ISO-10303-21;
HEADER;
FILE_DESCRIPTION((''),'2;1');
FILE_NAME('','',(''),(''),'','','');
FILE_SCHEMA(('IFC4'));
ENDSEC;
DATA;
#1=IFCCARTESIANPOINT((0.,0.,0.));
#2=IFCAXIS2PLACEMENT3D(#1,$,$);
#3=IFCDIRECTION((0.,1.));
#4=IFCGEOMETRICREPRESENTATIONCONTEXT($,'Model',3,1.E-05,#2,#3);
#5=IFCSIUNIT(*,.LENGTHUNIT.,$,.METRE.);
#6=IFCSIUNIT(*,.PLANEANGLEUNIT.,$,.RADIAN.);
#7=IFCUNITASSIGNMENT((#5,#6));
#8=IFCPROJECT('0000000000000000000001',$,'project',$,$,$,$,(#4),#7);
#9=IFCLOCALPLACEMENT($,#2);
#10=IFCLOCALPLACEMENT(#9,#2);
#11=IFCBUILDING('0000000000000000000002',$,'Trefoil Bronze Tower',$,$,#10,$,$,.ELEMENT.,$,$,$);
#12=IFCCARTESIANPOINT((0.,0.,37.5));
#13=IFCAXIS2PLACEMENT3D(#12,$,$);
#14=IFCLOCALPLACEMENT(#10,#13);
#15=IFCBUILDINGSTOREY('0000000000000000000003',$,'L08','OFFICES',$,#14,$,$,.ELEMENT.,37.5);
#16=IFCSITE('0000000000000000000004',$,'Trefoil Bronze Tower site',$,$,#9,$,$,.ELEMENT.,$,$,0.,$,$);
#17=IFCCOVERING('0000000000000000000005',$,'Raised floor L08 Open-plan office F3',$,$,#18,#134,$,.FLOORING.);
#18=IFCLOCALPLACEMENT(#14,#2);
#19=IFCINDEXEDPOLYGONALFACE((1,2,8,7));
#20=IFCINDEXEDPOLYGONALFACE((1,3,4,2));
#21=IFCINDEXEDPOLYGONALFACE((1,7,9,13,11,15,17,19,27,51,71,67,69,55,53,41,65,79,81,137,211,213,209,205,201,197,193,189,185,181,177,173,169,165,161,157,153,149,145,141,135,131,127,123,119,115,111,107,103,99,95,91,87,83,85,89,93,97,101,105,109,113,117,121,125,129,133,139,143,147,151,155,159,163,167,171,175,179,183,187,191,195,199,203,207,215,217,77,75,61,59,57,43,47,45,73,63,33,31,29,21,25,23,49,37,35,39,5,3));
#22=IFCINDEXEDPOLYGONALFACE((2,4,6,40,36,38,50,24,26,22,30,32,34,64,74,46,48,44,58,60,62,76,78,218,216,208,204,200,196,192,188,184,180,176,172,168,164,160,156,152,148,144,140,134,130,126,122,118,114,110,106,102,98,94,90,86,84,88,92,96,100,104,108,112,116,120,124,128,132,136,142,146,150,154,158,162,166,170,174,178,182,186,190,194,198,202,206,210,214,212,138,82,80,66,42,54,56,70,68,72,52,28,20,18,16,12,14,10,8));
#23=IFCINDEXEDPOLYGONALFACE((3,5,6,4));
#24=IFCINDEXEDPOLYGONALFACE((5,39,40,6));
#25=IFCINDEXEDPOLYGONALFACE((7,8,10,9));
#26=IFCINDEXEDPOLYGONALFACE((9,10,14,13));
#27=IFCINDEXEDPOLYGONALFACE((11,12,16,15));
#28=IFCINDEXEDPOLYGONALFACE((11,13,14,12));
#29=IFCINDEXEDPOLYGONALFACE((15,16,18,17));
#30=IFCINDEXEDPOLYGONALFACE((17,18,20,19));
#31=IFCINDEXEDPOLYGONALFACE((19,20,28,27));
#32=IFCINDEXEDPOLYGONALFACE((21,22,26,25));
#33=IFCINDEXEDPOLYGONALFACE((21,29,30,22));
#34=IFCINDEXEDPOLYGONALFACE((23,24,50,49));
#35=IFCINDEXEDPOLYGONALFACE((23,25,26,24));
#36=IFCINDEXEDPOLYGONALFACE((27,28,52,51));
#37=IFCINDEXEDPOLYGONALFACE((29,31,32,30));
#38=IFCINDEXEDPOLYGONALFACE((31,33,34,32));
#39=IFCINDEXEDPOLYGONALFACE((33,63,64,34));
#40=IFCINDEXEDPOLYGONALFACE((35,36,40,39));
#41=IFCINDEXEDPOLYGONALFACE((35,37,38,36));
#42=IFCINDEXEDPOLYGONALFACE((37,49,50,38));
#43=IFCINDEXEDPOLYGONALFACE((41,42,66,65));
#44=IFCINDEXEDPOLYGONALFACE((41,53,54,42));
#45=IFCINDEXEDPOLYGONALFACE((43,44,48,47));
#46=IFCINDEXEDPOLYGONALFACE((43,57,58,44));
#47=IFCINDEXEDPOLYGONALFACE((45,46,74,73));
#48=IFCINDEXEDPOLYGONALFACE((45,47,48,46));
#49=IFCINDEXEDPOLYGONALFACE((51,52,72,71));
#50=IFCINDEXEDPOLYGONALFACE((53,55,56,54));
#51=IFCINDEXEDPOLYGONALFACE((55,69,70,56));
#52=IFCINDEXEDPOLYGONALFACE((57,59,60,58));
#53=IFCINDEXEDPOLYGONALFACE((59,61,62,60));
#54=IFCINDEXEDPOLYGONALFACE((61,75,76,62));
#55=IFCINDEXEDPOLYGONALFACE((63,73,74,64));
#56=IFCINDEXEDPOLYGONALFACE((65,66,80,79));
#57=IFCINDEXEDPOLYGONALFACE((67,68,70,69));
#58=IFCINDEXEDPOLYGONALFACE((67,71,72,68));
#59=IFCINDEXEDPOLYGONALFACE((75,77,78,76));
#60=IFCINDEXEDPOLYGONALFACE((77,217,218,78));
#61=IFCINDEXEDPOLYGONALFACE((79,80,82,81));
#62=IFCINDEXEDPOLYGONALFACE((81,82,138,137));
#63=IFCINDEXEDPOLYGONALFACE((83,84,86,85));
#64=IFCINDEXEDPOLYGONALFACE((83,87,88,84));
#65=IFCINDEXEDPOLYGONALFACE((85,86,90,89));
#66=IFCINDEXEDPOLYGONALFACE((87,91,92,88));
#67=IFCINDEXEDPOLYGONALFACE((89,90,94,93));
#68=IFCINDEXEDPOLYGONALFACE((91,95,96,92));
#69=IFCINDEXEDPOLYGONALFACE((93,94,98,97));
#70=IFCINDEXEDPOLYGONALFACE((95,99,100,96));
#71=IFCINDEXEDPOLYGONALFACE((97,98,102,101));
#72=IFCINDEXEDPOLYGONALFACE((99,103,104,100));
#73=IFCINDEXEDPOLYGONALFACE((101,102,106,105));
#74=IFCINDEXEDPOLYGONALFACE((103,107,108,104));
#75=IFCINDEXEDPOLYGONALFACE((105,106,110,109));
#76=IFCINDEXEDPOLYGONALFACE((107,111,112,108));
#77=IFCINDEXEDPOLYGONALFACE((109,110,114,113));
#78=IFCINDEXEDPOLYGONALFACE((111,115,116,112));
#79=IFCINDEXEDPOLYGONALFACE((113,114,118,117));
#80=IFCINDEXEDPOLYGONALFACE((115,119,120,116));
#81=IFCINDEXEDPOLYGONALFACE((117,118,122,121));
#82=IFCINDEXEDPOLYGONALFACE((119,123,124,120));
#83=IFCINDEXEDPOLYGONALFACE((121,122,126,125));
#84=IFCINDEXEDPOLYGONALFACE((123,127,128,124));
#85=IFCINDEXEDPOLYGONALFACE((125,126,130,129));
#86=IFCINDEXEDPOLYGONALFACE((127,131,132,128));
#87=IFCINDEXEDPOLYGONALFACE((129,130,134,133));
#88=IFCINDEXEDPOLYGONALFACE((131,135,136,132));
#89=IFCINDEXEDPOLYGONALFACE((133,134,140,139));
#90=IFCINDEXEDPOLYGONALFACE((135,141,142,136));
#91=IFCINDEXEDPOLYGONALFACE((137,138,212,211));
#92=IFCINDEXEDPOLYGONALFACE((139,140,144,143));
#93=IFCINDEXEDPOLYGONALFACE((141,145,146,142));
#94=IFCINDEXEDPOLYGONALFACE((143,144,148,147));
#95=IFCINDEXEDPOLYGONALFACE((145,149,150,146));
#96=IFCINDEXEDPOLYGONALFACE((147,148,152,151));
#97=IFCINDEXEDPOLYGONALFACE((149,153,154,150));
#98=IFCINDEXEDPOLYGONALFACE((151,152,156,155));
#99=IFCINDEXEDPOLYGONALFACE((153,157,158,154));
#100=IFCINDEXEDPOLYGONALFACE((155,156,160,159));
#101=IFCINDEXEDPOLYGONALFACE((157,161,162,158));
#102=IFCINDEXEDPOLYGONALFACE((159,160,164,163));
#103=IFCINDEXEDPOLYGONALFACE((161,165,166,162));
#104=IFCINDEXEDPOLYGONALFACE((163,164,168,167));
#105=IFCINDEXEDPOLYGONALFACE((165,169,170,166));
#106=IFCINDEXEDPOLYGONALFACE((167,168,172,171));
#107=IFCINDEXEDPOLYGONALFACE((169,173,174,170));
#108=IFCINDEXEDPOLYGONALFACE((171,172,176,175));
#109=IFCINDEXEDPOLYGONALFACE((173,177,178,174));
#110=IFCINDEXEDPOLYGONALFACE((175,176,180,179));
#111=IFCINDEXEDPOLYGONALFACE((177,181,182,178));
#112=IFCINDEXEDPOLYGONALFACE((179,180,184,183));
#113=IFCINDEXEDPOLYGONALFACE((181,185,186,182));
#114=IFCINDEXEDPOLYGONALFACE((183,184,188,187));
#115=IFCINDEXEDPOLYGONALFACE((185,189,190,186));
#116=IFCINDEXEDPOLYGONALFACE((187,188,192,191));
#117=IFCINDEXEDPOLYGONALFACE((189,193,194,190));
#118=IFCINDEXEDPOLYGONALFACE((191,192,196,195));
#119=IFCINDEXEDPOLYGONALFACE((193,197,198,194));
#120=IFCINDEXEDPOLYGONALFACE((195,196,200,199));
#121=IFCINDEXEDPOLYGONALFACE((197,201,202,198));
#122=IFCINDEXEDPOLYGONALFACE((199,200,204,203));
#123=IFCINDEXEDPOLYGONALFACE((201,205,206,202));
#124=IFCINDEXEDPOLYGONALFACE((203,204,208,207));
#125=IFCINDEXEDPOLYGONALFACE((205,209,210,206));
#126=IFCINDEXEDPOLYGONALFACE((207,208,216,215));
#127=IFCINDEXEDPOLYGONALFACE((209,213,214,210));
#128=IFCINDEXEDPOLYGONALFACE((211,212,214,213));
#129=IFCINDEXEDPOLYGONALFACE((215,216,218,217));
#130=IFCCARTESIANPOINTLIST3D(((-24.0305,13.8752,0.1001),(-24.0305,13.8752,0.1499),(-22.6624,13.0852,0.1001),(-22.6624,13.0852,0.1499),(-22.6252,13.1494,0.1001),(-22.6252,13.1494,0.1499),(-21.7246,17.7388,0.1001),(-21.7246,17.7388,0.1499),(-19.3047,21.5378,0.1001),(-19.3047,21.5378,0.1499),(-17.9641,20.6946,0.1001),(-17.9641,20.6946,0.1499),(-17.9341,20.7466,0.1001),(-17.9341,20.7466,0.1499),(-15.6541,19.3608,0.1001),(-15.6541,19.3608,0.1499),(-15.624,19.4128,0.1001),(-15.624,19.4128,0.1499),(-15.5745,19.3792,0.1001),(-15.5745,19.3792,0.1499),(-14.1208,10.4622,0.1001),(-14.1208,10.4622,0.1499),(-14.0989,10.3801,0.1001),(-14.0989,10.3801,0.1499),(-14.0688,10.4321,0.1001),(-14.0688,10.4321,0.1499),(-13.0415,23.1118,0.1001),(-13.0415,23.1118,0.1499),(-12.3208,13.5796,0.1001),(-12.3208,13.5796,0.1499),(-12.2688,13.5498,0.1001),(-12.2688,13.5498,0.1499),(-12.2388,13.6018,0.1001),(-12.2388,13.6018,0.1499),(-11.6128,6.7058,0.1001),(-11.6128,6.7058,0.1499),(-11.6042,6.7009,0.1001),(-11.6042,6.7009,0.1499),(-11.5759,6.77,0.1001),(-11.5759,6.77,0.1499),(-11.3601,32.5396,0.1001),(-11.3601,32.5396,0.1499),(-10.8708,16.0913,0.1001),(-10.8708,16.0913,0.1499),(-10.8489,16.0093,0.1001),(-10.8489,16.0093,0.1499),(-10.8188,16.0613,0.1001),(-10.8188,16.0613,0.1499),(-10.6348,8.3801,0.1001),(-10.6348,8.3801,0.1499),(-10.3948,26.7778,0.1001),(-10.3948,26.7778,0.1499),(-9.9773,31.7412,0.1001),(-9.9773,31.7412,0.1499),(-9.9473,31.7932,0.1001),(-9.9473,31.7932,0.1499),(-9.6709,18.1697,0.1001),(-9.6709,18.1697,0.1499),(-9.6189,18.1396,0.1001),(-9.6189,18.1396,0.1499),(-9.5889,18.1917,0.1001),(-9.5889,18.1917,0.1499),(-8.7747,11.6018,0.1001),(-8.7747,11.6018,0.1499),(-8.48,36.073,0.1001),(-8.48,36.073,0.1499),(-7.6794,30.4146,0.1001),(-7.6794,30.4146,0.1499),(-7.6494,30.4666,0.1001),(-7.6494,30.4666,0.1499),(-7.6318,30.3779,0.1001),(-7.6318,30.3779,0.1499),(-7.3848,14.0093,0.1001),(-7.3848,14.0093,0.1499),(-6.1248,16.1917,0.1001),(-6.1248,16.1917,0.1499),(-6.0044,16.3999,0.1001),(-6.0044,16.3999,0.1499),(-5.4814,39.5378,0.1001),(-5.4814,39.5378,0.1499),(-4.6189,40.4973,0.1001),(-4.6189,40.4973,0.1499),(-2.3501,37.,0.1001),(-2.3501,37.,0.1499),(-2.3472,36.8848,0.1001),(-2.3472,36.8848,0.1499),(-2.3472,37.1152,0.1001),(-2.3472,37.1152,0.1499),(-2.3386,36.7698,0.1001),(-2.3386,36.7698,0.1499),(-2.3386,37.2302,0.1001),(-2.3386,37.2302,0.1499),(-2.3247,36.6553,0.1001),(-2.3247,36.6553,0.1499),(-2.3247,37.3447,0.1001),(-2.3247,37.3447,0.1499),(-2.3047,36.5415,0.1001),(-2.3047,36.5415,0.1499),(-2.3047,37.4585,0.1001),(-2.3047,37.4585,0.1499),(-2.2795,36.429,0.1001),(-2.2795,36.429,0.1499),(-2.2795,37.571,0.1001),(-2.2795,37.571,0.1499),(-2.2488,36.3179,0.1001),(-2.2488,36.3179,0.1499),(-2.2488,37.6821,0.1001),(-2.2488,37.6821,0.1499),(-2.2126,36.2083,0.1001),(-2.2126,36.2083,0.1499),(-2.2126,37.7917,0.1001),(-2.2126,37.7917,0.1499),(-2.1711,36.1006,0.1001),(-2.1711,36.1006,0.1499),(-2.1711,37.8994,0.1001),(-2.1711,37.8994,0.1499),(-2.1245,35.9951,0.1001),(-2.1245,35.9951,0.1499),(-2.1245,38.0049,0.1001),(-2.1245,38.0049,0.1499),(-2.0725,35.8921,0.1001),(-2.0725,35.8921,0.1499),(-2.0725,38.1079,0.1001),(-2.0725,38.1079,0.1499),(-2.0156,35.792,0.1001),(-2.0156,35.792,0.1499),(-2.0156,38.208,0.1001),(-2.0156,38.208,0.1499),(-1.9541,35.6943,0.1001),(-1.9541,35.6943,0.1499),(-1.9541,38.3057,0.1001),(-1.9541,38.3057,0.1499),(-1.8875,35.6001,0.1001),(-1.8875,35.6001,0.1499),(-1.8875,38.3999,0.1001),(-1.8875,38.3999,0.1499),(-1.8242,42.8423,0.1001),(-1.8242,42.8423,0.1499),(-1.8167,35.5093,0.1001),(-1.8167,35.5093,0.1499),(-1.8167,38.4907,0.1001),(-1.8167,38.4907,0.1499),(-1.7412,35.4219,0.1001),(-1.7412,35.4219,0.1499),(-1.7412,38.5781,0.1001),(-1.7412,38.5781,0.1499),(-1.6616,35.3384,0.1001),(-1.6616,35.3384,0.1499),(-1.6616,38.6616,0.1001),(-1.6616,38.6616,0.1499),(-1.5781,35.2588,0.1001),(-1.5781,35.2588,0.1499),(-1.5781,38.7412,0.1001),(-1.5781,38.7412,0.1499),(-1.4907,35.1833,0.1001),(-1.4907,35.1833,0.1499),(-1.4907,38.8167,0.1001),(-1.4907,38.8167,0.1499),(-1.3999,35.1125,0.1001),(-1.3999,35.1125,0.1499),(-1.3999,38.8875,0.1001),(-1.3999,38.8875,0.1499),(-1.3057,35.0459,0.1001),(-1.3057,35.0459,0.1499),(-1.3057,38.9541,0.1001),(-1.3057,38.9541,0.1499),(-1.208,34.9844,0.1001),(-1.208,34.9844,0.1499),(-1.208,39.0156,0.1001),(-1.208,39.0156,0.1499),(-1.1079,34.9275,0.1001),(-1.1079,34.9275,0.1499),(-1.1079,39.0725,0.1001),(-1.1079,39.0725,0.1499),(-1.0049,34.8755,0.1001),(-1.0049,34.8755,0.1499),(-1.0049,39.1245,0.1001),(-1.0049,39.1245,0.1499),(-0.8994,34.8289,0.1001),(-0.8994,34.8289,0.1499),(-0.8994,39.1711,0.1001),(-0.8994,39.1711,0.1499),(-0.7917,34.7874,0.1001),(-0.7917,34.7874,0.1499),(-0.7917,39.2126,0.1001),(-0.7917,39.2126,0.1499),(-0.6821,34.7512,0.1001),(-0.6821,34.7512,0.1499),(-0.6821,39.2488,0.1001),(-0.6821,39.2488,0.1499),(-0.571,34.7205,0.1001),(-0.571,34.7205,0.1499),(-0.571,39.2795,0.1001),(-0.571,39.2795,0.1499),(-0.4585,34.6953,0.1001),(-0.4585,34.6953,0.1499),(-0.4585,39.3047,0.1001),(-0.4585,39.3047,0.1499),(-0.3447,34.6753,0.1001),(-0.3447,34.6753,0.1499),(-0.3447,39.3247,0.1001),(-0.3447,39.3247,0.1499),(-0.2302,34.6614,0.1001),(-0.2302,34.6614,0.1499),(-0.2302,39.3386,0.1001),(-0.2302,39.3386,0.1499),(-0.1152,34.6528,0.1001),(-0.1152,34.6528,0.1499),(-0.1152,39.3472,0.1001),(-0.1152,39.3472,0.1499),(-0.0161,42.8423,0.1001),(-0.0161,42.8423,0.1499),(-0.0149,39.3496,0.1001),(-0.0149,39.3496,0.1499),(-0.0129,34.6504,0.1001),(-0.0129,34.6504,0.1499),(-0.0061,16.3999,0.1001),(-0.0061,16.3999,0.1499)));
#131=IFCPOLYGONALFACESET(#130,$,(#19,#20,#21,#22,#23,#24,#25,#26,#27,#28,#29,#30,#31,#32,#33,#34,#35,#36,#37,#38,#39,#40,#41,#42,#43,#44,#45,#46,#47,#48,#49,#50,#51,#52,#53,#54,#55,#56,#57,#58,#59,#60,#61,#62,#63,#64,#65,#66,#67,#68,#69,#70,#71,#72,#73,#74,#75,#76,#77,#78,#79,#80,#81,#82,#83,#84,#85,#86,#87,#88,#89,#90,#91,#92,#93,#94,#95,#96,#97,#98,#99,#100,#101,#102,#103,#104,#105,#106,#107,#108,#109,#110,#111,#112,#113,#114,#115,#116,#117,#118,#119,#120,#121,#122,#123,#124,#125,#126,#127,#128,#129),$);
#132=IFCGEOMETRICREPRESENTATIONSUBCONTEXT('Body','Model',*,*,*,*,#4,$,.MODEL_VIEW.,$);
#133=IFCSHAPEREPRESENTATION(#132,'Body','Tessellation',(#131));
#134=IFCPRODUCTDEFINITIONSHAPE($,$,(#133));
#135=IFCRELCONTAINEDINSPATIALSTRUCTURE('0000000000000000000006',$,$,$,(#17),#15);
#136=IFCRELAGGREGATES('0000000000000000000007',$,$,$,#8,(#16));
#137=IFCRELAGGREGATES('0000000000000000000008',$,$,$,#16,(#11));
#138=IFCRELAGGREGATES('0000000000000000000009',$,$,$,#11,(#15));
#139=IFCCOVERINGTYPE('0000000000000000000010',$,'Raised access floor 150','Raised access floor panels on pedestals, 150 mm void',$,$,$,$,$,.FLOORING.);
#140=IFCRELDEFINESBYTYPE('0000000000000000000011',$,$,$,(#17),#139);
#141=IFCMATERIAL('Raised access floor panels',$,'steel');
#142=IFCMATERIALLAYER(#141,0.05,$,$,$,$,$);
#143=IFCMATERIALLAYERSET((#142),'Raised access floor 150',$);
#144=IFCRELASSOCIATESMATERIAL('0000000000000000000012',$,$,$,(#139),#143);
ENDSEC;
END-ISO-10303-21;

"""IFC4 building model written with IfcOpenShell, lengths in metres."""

from ifc_helpers import new_model, si_unit, direction, frame, origin, place, context, subcontext, project, spatial, polyline, outline, extrude, material, layer, layer_set, type_object, element, save


model = new_model("IFC4")

# Units and contexts
model_context = context("Model", 3, precision=1e-05, world=origin(), true_north=direction((0.0, 1.0)))
body_context = subcontext(model_context, "Body", "Model", "MODEL_VIEW")
ifc_project = project(units=[si_unit("LENGTHUNIT", "METRE"), si_unit("PLANEANGLEUNIT", "RADIAN")], contexts=[model_context])

# Site, building, storey
site_placement = place(None, origin())
site = spatial("IfcSite", under=ifc_project, at=site_placement, Name="Trefoil Bronze Tower site", CompositionType="ELEMENT", RefElevation=0.0)
building_placement = place(site_placement, origin())
building = spatial("IfcBuilding", under=site, at=building_placement, Name="Trefoil Bronze Tower", CompositionType="ELEMENT")
storey_placement = place(building_placement, frame((0.0, 0.0, 37.5)))
storey = spatial("IfcBuildingStorey", under=building, at=storey_placement, Name="L08", Description="OFFICES", CompositionType="ELEMENT", Elevation=37.5)

# Covering
ifc_material_1 = material(Name="Raised access floor panels", Category="steel")
ifc_layer_1 = layer(ifc_material_1, 0.05)
ifc_layer_set_1 = layer_set([ifc_layer_1], Name="Raised access floor 150")
covering_type = type_object("IfcCoveringType", Name="Raised access floor 150", Description="Raised access floor panels on pedestals, 150 mm void", PredefinedType="FLOORING", material=ifc_layer_set_1)
covering_1_placement = place(storey_placement, frame((0.0, 0.0, 0.1001)))
element("IfcCovering", 1, at=covering_1_placement, inside=storey, type_object=covering_type, Name="Raised floor L08 Open-plan office F3", PredefinedType="FLOORING", context=body_context, shape_type="SweptSolid", body=[
    extrude(outline(polyline([(-19.3047, 21.5378), (-17.9341, 20.7466), (-17.9641, 20.6946), (-15.6541, 19.3608), (-15.624, 19.4128), (-15.5745, 19.3792), (-13.0415, 23.1118), (-10.3948, 26.7778), (-7.6318, 30.3779), (-7.6794, 30.4146), (-7.6494, 30.4666), (-9.9473, 31.7932), (-9.9773, 31.7412), (-11.3601, 32.5396), (-8.48, 36.073), (-5.4814, 39.5378), (-4.6189, 40.4973), (-1.8242, 42.8423), (-0.0161, 42.8423), (-0.0149, 39.3496), (-0.1152, 39.3472), (-0.2302, 39.3386), (-0.3447, 39.3247), (-0.4585, 39.3047), (-0.571, 39.2795), (-0.6821, 39.2488), (-0.7917, 39.2126), (-0.8994, 39.1711), (-1.0049, 39.1245), (-1.1079, 39.0725), (-1.208, 39.0156), (-1.3057, 38.9541), (-1.3999, 38.8875), (-1.4907, 38.8167), (-1.5781, 38.7412), (-1.6616, 38.6616), (-1.7412, 38.5781), (-1.8167, 38.4907), (-1.8875, 38.3999), (-1.9541, 38.3057), (-2.0156, 38.208), (-2.0725, 38.1079), (-2.1245, 38.0049), (-2.1711, 37.8994), (-2.2126, 37.7917), (-2.2488, 37.6821), (-2.2795, 37.571), (-2.3047, 37.4585), (-2.3247, 37.3447), (-2.3386, 37.2302), (-2.3472, 37.1152), (-2.3501, 37.0), (-2.3472, 36.8848), (-2.3386, 36.7698), (-2.3247, 36.6553), (-2.3047, 36.5415), (-2.2795, 36.429), (-2.2488, 36.3179), (-2.2126, 36.2083), (-2.1711, 36.1006), (-2.1245, 35.9951), (-2.0725, 35.8921), (-2.0156, 35.792), (-1.9541, 35.6943), (-1.8875, 35.6001), (-1.8167, 35.5093), (-1.7412, 35.4219), (-1.6616, 35.3384), (-1.5781, 35.2588), (-1.4907, 35.1833), (-1.3999, 35.1125), (-1.3057, 35.0459), (-1.208, 34.9844), (-1.1079, 34.9275), (-1.0049, 34.8755), (-0.8994, 34.8289), (-0.7917, 34.7874), (-0.6821, 34.7512), (-0.571, 34.7205), (-0.4585, 34.6953), (-0.3447, 34.6753), (-0.2302, 34.6614), (-0.1152, 34.6528), (-0.0129, 34.6504), (-0.0061, 16.3999), (-6.0044, 16.3999), (-6.1248, 16.1917), (-9.5889, 18.1917), (-9.6189, 18.1396), (-9.6709, 18.1697), (-10.8708, 16.0913), (-10.8188, 16.0613), (-10.8489, 16.0093), (-7.3848, 14.0093), (-8.7747, 11.6018), (-12.2388, 13.6018), (-12.2688, 13.5498), (-12.3208, 13.5796), (-14.1208, 10.4622), (-14.0688, 10.4321), (-14.0989, 10.3801), (-10.6348, 8.3801), (-11.6042, 6.7009), (-11.6128, 6.7058), (-11.5759, 6.77), (-22.6252, 13.1494), (-22.6624, 13.0852), (-24.0305, 13.8752), (-21.7246, 17.7388), (-19.3047, 21.5378)])), origin(), (0.0, 0.0, 1.0), 0.0498),
])

save(model, "model.ifc")
